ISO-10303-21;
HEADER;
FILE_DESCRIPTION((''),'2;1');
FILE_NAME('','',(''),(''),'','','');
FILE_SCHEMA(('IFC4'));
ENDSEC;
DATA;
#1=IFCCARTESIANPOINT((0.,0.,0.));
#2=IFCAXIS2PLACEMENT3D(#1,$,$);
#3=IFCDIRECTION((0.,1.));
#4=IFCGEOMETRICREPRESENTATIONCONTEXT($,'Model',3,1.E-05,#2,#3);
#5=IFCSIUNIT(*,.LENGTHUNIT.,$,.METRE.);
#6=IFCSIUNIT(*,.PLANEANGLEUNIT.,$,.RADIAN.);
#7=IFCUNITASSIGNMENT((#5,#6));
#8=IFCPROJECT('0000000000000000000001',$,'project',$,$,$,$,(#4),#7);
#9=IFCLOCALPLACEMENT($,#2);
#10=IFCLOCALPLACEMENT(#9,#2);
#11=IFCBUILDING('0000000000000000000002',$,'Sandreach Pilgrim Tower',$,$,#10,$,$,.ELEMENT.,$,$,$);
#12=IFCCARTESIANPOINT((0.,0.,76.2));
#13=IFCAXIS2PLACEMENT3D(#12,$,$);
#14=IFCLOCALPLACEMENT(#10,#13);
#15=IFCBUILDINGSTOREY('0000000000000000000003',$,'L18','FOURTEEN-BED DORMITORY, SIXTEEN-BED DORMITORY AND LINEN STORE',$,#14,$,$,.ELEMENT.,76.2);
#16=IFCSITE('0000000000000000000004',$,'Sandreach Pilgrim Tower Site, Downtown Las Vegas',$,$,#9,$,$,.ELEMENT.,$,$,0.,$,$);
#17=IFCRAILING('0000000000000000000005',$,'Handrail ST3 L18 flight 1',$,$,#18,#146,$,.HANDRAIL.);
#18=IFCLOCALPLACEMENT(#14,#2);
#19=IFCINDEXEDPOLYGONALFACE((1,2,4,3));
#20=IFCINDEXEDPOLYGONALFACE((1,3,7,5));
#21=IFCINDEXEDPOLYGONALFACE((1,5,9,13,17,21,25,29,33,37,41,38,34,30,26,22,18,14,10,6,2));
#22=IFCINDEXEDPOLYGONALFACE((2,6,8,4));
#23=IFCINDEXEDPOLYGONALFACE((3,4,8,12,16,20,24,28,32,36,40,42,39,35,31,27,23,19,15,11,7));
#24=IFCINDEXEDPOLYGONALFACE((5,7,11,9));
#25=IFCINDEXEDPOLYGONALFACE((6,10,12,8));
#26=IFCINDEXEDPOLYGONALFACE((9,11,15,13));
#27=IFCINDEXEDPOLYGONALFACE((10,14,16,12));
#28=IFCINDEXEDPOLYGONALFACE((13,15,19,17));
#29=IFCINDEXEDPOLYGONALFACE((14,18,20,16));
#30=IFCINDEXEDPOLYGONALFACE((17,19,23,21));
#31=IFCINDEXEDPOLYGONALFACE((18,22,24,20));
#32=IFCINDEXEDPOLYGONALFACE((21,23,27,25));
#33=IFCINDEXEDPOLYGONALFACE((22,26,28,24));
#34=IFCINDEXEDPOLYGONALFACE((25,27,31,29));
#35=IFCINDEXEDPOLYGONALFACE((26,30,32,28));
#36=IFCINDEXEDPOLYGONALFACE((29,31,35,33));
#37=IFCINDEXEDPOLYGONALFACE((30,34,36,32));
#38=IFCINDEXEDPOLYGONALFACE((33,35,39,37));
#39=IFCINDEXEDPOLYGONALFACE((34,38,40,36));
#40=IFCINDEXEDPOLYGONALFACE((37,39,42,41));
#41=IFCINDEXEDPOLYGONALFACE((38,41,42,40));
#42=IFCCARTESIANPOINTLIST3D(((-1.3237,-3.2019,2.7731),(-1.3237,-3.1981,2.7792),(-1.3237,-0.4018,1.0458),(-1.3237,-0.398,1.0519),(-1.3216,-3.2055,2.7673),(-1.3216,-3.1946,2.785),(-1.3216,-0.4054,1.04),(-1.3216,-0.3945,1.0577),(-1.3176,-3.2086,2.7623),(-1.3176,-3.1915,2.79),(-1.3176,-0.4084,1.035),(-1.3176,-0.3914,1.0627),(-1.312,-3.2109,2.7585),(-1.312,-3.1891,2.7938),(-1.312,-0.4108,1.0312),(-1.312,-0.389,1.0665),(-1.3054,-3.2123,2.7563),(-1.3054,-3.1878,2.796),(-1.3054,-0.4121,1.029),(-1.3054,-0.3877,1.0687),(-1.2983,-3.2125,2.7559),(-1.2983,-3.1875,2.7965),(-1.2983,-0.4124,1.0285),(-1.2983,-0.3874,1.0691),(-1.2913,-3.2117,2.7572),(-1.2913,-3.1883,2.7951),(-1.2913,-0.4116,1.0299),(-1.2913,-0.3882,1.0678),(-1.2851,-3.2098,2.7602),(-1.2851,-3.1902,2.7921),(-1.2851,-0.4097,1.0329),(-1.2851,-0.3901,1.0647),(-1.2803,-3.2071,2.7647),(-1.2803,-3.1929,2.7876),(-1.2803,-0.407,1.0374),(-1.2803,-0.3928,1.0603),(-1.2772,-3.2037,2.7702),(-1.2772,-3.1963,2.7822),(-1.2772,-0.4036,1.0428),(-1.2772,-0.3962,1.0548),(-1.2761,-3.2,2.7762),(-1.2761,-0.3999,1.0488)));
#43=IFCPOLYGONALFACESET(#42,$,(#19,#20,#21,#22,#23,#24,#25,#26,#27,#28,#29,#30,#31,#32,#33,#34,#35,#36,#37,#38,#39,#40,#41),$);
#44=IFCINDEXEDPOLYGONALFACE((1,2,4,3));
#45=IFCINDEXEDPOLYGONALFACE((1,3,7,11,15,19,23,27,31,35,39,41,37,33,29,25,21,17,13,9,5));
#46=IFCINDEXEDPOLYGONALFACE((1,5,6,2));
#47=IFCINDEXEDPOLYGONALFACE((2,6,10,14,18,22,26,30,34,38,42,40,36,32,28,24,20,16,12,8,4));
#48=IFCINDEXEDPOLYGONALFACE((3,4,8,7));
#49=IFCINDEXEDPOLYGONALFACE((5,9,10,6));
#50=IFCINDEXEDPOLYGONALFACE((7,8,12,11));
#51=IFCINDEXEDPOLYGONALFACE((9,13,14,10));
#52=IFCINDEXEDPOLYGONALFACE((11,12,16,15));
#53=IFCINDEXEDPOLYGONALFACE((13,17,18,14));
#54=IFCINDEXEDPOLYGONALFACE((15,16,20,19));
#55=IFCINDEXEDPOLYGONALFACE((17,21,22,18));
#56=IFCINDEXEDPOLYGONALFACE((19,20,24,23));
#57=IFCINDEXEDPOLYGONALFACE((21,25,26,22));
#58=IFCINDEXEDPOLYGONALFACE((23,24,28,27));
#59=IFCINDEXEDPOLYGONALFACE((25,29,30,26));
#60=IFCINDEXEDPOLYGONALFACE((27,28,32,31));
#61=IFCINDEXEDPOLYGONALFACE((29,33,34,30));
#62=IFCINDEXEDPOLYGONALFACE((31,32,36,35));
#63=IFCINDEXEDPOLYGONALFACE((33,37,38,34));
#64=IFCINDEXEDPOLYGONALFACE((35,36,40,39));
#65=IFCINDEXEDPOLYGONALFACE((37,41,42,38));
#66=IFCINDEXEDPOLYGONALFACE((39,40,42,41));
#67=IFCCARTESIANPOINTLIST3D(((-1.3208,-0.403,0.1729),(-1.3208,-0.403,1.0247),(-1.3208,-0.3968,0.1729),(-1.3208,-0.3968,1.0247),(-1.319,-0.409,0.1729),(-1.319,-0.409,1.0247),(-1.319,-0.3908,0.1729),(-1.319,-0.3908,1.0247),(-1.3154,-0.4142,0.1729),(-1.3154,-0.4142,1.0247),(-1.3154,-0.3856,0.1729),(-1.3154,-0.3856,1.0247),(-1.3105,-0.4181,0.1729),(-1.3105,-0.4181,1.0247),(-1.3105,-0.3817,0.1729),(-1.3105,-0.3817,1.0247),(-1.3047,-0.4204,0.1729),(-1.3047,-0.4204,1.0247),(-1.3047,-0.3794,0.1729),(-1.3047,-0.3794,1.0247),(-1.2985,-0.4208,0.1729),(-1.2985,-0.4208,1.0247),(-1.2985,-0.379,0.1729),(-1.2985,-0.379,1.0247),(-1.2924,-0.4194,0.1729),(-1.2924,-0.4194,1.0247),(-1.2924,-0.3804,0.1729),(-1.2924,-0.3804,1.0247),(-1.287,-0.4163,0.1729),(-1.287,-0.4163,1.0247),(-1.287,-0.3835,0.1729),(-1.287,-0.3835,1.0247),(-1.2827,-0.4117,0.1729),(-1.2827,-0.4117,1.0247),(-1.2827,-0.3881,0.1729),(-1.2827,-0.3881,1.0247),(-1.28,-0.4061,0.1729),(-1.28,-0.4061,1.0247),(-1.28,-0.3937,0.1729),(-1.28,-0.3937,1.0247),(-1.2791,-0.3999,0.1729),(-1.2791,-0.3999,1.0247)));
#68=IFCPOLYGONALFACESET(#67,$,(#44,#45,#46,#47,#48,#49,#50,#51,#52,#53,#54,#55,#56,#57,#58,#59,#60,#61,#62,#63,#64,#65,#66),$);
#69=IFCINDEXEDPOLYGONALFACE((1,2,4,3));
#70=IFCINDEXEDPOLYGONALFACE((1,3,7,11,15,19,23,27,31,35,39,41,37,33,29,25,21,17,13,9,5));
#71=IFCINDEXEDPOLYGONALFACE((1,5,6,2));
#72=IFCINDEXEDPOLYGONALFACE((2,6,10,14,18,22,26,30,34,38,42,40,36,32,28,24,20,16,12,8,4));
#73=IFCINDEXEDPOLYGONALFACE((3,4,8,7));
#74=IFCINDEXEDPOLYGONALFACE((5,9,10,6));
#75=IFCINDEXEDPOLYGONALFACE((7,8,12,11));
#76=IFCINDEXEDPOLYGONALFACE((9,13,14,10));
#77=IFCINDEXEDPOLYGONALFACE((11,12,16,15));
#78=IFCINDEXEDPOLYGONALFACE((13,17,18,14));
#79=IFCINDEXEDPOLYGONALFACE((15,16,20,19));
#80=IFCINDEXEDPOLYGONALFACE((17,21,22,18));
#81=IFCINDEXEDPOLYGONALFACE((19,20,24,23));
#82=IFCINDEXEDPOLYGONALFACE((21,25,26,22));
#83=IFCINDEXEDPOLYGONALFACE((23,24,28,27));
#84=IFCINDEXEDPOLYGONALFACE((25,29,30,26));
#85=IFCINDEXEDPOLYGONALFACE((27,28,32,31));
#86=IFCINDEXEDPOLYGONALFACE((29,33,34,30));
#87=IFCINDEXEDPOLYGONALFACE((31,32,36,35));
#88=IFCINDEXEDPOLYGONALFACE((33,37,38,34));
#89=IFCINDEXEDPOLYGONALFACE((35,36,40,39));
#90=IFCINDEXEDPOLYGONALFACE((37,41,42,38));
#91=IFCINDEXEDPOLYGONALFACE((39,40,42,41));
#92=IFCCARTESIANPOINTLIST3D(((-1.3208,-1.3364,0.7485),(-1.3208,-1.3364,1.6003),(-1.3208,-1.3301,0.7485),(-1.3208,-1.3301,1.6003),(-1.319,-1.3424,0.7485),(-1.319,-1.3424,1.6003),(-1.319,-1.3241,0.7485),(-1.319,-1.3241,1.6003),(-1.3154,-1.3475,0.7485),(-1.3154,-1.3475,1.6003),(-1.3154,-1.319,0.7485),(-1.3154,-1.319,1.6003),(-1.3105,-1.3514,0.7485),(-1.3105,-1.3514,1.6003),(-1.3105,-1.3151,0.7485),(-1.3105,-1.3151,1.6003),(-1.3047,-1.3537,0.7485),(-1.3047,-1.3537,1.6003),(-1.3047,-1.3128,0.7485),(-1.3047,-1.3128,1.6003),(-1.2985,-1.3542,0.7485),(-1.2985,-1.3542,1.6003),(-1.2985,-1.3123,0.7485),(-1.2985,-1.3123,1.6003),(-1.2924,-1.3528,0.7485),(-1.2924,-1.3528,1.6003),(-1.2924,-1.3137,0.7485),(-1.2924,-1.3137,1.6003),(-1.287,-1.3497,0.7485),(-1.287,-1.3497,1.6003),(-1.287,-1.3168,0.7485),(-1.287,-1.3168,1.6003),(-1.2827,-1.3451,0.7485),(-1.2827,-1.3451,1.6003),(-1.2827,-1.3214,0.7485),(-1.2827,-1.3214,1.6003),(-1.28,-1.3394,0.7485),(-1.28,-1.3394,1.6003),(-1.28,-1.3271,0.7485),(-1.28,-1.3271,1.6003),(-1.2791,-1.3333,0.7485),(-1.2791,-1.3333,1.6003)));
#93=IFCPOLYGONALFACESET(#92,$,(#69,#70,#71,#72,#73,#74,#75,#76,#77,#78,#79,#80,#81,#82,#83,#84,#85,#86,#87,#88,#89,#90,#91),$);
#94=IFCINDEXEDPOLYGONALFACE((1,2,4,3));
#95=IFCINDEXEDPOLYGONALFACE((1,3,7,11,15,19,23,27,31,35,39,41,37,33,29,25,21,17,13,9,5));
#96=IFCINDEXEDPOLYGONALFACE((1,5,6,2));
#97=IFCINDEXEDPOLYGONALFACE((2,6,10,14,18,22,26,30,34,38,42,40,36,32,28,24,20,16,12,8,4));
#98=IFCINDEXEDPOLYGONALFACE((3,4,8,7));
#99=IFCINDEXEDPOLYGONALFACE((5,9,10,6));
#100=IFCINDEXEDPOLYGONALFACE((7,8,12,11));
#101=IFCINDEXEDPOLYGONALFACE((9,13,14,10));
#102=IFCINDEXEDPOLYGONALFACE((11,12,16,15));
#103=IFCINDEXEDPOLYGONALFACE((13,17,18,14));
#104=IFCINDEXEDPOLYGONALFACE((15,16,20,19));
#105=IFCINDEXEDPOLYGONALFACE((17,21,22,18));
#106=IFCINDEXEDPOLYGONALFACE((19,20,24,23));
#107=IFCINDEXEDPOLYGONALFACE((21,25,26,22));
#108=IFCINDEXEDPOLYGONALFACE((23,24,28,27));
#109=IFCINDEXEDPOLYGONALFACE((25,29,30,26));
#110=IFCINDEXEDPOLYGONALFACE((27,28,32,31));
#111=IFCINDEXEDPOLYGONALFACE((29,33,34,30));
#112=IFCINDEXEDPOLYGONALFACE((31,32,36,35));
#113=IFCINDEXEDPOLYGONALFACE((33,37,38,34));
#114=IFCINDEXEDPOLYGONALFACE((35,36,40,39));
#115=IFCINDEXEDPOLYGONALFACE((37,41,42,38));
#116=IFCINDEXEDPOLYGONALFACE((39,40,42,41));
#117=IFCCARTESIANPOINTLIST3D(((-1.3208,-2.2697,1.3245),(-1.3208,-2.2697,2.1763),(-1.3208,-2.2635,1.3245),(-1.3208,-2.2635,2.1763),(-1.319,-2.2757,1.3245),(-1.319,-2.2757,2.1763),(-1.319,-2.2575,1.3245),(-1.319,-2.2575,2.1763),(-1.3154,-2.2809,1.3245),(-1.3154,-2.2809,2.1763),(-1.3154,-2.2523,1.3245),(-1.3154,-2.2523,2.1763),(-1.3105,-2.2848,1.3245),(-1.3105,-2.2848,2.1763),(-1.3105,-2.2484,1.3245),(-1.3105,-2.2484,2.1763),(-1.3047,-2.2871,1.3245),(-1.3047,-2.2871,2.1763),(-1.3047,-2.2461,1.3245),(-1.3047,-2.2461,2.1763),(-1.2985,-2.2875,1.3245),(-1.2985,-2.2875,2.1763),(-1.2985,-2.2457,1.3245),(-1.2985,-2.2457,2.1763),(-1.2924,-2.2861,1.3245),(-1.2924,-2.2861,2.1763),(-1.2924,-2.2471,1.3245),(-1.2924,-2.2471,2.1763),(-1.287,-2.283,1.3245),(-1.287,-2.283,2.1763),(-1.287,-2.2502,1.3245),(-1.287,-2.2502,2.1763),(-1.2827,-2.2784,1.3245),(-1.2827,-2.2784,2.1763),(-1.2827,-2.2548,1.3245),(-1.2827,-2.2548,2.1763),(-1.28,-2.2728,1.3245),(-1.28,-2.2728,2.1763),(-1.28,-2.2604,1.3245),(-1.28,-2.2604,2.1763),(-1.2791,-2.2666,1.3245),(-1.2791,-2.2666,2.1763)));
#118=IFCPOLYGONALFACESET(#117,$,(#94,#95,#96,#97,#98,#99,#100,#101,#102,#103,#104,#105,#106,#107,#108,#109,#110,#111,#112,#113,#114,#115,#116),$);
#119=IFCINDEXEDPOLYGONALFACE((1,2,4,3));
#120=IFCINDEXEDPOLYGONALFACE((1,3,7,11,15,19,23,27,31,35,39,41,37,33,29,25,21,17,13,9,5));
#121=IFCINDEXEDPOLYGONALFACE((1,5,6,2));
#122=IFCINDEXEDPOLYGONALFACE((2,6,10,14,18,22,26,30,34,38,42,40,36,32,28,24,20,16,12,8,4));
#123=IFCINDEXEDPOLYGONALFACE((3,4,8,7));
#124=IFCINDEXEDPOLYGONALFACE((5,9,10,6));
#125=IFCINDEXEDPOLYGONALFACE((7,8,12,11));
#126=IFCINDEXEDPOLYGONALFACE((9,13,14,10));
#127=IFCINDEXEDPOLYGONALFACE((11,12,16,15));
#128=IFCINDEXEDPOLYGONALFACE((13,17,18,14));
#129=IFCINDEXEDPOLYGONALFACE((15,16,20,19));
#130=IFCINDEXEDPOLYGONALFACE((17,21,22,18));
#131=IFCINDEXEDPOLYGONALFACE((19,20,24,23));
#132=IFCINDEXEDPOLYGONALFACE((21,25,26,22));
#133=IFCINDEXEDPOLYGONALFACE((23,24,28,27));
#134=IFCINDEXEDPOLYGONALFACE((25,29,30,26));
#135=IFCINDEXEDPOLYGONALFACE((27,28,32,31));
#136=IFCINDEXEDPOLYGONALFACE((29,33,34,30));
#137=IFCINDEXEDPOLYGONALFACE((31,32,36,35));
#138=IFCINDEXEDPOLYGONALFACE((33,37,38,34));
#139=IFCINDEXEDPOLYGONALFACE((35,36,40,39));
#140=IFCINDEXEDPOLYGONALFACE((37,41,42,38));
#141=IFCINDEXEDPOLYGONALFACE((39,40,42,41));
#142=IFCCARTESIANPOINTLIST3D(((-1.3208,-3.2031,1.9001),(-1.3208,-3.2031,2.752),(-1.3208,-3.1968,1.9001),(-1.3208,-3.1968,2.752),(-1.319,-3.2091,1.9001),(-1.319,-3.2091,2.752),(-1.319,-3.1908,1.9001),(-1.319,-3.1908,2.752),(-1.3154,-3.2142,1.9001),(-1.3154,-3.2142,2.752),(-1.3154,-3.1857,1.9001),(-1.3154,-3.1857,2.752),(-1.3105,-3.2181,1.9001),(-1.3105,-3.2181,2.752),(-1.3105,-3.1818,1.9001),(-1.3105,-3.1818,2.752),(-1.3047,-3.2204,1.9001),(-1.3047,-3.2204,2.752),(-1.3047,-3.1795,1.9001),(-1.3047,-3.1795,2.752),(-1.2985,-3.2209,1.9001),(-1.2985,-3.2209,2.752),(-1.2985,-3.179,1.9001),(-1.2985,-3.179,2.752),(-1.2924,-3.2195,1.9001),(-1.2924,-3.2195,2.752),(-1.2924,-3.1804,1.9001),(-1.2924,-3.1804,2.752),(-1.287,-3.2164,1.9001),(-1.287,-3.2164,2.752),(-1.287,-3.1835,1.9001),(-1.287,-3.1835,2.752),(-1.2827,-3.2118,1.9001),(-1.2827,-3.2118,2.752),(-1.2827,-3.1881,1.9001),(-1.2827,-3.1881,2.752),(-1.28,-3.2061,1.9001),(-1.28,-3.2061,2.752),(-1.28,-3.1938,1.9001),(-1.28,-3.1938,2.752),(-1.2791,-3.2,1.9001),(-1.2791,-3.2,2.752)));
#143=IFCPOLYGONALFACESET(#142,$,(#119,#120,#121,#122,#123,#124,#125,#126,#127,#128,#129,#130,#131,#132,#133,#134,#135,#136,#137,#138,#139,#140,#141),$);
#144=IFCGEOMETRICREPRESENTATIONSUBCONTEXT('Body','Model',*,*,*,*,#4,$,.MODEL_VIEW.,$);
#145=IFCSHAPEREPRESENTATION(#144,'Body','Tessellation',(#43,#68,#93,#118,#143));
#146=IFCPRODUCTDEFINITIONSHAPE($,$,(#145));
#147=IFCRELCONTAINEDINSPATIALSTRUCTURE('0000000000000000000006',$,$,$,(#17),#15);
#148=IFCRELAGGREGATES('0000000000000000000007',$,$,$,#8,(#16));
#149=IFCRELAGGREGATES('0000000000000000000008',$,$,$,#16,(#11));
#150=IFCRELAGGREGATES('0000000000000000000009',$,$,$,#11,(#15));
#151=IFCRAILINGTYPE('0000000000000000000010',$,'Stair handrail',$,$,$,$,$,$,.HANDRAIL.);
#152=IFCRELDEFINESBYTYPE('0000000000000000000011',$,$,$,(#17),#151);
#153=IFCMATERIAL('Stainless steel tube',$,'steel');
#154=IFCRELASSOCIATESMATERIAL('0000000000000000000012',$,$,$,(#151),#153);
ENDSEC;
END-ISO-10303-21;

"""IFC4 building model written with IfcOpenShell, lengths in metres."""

from ifc_helpers import new_model, si_unit, direction, frame, origin, origin_2d, place, context, subcontext, project, spatial, circle, extrude, material, type_object, element, save


model = new_model("IFC4")

# Units and contexts
model_context = context("Model", 3, precision=1e-05, world=origin(), true_north=direction((0.0, 1.0)))
body_context = subcontext(model_context, "Body", "Model", "MODEL_VIEW")
ifc_project = project(units=[si_unit("LENGTHUNIT", "METRE"), si_unit("PLANEANGLEUNIT", "RADIAN")], contexts=[model_context])

# Site, building, storey
site_placement = place(None, origin())
site = spatial("IfcSite", under=ifc_project, at=site_placement, Name="Sandreach Pilgrim Tower Site, Downtown Las Vegas", CompositionType="ELEMENT", RefElevation=0.0)
building_placement = place(site_placement, origin())
building = spatial("IfcBuilding", under=site, at=building_placement, Name="Sandreach Pilgrim Tower", CompositionType="ELEMENT")
storey_placement = place(building_placement, frame((0.0, 0.0, 76.2)))
storey = spatial("IfcBuildingStorey", under=building, at=storey_placement, Name="L18", Description="FOURTEEN-BED DORMITORY, SIXTEEN-BED DORMITORY AND LINEN STORE", CompositionType="ELEMENT", Elevation=76.2)

# Railing
ifc_material_1 = material(Name="Stainless steel tube", Category="steel")
railing_type = type_object("IfcRailingType", Name="Stair handrail", PredefinedType="HANDRAIL", material=ifc_material_1)
for number, where, name in (
    (1, (-1.3, -0.3999, 0.1729), "Handrail ST3 L18 flight 1"),
):
    element("IfcRailing", number, at=place(storey_placement, frame(where)), inside=storey, type_object=railing_type, Name=name, PredefinedType="HANDRAIL", context=body_context, shape_type="SweptSolid", body=[
        extrude(circle(Radius=0.0239, at=origin_2d()), frame((0.0, 0.0, 0.876), z_axis=(0.0, -0.85109, 0.52502), x_axis=(1.0, 0.0, 0.0)), (0.0, 0.0, 1.0), 3.29),
        extrude(circle(Radius=0.021, at=origin_2d()), origin(), (0.0, 0.0, 1.0), 0.8518),
        extrude(circle(Radius=0.021, at=origin_2d()), frame((0.0, -0.9333, 0.5757)), (0.0, 0.0, 1.0), 0.8518),
        extrude(circle(Radius=0.021, at=origin_2d()), frame((0.0, -1.8667, 1.1516)), (0.0, 0.0, 1.0), 0.8518),
        extrude(circle(Radius=0.021, at=origin_2d()), frame((0.0, -2.8, 1.7273)), (0.0, 0.0, 1.0), 0.8518),
    ])

save(model, "model.ifc")
